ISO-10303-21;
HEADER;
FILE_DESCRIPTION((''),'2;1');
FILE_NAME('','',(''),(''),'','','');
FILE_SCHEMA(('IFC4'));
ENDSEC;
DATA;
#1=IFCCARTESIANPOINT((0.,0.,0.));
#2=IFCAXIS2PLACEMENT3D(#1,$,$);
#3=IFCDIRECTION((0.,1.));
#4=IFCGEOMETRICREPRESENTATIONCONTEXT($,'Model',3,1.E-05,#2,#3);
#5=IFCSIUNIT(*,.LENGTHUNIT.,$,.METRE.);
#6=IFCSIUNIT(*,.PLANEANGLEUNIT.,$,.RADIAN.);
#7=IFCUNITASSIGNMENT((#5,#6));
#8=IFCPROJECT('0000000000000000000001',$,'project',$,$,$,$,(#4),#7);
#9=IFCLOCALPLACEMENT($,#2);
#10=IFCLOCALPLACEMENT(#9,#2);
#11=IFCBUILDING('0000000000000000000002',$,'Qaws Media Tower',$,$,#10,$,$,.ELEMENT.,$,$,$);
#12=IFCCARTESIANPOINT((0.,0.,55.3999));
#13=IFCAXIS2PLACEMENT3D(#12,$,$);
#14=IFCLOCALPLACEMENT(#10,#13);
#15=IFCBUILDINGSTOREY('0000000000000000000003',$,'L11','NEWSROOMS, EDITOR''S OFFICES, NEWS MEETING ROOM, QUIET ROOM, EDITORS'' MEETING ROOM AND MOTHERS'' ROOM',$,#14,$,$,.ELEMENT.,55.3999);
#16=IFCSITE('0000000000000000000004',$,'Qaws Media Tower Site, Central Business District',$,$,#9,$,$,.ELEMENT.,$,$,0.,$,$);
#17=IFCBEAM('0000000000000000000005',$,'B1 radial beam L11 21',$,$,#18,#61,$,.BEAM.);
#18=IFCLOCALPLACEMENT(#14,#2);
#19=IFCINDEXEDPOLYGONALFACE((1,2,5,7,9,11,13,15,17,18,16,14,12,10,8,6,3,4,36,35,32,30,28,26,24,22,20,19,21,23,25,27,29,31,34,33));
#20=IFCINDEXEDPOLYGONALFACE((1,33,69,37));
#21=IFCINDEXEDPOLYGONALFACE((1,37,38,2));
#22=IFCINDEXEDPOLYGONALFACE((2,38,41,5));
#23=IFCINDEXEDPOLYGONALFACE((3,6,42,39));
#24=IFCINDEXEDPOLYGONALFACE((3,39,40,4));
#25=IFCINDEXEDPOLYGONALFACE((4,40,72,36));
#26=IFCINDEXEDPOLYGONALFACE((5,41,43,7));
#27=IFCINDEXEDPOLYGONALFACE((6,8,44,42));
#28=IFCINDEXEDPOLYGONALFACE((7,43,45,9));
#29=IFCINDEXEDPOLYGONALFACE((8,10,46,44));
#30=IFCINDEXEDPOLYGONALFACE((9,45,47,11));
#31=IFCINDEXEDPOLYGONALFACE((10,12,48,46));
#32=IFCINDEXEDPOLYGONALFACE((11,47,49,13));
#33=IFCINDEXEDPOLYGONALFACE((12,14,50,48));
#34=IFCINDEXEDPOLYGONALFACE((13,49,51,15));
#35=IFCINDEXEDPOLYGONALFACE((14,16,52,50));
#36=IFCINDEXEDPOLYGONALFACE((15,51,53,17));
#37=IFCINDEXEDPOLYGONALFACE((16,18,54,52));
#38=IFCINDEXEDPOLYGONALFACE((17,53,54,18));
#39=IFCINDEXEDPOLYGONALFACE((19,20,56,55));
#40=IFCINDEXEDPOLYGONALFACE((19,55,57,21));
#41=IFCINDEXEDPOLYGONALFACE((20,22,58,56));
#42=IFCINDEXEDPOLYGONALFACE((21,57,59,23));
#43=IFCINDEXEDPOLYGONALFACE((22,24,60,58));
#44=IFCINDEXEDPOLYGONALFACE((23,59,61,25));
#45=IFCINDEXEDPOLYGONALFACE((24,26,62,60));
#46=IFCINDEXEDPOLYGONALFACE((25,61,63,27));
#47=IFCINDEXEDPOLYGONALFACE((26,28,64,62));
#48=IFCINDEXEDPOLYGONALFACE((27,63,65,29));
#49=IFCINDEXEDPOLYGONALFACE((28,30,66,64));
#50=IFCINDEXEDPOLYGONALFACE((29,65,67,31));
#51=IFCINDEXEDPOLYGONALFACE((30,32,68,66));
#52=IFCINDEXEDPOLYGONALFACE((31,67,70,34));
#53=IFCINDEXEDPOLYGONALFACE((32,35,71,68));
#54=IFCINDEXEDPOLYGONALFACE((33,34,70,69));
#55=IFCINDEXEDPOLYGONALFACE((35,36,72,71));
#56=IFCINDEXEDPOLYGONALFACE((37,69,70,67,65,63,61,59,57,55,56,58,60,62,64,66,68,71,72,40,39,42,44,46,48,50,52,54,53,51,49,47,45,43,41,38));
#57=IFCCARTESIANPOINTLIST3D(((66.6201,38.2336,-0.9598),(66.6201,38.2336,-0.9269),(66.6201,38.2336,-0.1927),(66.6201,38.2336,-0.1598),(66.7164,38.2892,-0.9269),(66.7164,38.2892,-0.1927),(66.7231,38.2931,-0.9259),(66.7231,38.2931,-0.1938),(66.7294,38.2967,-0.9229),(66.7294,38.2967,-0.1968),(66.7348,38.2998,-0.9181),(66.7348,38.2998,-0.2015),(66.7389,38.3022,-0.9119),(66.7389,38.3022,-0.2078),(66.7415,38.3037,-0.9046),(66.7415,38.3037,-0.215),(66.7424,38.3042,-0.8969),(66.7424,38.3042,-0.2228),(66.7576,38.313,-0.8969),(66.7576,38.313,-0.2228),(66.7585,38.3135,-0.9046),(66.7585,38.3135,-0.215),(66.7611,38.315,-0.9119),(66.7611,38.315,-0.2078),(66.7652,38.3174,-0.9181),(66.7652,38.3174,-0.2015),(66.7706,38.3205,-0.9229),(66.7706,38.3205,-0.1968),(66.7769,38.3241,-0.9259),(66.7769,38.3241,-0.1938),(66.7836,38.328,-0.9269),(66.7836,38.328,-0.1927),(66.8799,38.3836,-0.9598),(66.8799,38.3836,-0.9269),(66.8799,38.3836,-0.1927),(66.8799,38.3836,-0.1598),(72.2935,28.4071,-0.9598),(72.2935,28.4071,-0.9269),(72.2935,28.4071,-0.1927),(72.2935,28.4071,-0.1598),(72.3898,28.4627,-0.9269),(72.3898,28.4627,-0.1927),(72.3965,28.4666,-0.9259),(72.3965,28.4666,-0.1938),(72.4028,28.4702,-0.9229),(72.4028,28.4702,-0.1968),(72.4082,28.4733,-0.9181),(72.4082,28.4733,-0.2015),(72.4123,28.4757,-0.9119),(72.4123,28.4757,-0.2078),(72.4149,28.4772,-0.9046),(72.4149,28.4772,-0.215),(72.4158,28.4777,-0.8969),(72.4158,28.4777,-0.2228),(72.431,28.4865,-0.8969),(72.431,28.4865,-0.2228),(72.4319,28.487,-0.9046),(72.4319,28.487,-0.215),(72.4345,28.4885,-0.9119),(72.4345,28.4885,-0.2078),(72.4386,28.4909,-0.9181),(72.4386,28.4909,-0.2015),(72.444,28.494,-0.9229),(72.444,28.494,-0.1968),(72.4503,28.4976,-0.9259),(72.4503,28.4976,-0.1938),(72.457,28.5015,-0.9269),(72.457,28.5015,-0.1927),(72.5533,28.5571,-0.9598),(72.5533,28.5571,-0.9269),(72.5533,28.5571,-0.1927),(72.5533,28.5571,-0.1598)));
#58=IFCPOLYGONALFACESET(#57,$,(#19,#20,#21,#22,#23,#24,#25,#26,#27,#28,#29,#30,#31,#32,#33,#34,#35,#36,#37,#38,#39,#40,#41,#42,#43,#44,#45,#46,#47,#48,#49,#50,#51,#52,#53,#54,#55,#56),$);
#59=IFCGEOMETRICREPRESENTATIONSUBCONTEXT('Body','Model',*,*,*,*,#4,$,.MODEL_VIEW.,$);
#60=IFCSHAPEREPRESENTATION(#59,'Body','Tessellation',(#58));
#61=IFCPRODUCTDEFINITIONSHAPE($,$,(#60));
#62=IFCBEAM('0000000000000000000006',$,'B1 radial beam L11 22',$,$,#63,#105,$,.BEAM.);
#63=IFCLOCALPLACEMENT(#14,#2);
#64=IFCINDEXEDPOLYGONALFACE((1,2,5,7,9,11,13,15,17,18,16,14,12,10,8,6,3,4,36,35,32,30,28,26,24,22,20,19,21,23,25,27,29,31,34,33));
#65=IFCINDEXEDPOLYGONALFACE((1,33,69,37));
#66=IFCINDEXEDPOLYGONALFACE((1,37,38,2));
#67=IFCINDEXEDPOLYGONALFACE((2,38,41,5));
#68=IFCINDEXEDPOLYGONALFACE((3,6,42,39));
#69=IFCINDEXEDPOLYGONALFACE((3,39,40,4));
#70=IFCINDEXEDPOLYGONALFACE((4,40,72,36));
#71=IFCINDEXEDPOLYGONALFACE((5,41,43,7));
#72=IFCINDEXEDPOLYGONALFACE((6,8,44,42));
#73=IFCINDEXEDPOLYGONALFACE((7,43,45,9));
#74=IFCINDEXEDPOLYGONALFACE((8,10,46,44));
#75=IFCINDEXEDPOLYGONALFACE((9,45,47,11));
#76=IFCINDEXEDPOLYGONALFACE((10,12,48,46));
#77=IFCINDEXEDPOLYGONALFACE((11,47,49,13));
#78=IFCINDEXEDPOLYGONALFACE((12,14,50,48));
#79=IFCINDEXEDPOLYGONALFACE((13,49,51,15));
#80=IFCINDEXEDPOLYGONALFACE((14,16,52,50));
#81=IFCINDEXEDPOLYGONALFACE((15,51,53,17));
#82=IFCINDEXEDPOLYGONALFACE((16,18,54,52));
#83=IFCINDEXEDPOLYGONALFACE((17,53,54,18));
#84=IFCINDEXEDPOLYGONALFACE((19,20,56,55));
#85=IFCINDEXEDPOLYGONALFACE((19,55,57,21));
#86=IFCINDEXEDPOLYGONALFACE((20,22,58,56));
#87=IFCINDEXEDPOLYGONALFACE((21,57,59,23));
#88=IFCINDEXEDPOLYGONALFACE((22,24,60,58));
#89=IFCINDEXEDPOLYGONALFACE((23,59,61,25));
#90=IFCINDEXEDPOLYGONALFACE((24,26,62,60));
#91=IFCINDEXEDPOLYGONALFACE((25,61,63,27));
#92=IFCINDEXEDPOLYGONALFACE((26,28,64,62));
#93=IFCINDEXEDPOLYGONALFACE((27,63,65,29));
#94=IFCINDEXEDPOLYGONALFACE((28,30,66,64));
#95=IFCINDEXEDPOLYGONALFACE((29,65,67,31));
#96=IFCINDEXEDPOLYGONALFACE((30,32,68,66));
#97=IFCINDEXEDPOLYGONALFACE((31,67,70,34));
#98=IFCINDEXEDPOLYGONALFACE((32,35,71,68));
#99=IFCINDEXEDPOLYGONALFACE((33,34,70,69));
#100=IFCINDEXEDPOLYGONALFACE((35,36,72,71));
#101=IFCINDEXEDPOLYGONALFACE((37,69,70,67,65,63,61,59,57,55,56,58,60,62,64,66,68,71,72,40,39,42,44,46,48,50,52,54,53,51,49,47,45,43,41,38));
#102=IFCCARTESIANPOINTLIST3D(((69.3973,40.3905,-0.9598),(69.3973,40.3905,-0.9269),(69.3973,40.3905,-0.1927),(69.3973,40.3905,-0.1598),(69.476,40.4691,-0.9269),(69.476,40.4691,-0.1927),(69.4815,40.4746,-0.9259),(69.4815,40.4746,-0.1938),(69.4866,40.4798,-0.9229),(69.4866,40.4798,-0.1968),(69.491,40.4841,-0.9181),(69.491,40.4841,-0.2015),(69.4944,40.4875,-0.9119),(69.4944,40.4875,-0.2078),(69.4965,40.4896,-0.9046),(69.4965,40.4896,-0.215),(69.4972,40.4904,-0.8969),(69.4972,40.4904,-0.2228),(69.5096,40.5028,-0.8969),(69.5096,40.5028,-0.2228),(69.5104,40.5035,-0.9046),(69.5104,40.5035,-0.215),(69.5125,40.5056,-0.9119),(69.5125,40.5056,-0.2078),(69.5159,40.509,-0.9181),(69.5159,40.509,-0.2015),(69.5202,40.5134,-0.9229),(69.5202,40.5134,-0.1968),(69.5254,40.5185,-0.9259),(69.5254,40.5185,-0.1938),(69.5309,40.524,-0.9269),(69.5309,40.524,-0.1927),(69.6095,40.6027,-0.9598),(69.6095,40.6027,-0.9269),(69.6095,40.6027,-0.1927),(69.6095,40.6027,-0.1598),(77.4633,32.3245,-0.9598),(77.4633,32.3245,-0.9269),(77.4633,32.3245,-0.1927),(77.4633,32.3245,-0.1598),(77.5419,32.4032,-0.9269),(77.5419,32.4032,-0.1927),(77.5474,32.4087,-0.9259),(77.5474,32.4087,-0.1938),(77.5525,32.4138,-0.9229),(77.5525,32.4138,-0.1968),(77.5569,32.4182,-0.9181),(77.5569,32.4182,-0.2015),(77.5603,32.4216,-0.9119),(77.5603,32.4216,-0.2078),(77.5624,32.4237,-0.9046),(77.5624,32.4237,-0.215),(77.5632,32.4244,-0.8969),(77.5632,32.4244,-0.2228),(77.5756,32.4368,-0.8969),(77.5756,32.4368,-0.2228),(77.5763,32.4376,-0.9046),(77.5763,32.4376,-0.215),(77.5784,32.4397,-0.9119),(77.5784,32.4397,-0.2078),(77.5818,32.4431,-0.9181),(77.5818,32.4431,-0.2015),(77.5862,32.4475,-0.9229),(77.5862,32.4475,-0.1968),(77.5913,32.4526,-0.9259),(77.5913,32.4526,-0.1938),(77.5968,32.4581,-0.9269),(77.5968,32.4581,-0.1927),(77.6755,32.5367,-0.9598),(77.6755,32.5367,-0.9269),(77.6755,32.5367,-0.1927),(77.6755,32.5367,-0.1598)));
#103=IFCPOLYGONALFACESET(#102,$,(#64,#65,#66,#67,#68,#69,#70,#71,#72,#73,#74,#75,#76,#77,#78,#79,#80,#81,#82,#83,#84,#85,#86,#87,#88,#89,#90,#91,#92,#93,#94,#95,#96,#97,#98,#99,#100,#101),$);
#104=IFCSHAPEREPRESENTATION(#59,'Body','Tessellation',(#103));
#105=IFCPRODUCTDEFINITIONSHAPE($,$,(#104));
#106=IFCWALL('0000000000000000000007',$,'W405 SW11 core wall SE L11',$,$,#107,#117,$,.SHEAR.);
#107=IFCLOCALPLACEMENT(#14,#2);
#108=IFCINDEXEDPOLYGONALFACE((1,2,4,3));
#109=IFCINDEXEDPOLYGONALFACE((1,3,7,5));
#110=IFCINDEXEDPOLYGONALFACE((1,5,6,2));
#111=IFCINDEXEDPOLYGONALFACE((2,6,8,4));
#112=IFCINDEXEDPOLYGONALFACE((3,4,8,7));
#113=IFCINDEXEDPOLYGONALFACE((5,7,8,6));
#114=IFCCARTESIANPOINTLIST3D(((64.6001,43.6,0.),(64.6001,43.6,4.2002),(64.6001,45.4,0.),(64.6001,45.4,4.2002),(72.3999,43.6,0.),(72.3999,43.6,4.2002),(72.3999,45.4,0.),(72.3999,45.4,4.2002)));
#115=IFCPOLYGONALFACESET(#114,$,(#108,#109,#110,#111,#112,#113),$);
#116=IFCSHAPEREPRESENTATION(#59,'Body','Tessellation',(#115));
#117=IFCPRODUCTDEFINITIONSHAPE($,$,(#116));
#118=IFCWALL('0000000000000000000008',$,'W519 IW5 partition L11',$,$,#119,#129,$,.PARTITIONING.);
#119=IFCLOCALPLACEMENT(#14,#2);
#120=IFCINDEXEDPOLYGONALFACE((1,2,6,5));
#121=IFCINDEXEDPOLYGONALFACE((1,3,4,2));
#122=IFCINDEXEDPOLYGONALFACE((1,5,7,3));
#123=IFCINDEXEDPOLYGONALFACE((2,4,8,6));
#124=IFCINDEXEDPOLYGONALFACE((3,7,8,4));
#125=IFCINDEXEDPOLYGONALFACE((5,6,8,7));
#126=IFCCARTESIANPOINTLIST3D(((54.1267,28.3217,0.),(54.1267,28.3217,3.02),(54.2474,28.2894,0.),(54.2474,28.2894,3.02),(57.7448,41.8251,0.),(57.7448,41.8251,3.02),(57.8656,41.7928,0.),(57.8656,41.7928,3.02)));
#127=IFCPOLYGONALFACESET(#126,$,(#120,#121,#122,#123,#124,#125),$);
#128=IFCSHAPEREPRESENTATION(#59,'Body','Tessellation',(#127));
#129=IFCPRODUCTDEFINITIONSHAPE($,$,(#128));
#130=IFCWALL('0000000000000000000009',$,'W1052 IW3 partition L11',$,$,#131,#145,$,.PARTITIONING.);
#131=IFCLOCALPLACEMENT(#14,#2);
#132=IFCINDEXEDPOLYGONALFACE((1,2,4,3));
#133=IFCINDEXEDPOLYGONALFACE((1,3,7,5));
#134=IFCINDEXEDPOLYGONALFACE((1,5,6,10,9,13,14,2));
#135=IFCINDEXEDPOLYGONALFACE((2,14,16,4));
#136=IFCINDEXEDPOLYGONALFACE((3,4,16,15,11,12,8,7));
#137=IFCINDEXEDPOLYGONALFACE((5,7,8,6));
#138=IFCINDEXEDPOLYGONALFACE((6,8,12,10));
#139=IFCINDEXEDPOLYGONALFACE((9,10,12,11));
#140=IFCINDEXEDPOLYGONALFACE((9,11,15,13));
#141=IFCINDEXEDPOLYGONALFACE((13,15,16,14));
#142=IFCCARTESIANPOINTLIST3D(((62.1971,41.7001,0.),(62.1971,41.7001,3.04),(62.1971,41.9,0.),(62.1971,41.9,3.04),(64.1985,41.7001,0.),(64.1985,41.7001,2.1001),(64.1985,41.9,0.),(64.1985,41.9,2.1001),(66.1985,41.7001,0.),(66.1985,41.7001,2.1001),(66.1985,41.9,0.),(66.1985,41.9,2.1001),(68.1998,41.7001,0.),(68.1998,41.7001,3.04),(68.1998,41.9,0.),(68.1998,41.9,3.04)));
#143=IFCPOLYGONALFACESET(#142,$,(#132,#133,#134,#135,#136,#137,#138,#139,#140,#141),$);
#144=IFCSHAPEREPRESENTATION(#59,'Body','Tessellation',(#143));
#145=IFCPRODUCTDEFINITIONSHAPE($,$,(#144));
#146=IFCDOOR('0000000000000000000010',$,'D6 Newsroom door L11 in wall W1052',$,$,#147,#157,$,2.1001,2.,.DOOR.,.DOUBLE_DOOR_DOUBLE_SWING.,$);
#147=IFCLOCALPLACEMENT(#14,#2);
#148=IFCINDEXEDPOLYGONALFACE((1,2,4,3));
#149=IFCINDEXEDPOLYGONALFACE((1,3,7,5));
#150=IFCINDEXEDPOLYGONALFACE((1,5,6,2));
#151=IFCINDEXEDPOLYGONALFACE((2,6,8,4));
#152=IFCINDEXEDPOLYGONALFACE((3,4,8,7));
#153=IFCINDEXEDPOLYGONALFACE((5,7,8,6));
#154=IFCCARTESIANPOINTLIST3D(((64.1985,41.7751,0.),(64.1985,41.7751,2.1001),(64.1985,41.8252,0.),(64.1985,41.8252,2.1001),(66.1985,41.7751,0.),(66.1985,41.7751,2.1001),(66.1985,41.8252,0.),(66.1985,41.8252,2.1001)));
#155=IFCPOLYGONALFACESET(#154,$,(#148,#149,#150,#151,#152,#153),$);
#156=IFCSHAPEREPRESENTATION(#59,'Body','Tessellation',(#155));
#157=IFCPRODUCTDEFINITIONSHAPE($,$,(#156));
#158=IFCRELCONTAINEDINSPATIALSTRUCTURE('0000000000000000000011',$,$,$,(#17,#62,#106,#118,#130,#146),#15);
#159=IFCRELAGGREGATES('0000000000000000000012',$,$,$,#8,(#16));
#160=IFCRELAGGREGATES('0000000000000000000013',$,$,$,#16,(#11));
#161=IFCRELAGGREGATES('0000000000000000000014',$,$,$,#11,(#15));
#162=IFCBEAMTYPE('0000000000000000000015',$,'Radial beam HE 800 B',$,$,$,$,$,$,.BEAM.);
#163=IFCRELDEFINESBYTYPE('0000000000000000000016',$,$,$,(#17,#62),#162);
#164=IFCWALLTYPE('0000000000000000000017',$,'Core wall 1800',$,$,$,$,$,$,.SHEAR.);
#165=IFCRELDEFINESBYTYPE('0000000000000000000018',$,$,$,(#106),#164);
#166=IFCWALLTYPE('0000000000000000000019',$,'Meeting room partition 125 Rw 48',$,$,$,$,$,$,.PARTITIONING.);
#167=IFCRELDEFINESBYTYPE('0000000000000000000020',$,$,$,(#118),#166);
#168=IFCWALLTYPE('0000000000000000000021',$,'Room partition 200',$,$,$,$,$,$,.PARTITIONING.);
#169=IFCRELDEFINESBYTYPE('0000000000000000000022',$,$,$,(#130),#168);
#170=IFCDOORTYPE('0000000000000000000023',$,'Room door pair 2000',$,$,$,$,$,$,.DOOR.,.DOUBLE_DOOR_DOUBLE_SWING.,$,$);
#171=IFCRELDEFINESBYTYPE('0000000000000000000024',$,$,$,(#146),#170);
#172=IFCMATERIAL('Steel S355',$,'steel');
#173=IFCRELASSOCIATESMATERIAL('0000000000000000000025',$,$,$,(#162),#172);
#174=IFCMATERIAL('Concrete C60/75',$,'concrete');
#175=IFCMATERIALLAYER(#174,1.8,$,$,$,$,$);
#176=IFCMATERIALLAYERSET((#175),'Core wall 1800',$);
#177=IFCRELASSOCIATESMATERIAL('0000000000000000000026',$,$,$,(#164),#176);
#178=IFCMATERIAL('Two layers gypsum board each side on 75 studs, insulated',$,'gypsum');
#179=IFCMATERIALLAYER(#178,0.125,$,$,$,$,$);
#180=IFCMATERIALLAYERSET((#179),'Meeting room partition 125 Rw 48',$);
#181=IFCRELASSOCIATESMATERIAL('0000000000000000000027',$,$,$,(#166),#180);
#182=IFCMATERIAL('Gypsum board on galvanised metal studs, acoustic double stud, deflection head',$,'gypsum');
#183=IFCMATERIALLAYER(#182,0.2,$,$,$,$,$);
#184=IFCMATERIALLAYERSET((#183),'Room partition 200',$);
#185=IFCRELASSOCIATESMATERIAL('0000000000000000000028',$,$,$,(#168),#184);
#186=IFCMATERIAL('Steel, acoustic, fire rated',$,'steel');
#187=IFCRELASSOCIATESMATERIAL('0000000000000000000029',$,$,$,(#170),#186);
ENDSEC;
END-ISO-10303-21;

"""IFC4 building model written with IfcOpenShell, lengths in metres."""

from ifc_helpers import new_model, si_unit, direction, frame, frame_2d, origin, origin_2d, place, context, subcontext, project, spatial, rectangle, i_section, extrude, material, layer, layer_set, material_profile, profile_set, type_object, element, fill, save


model = new_model("IFC4")

# Units and contexts
model_context = context("Model", 3, precision=1e-05, world=origin(), true_north=direction((0.0, 1.0)))
body_context = subcontext(model_context, "Body", "Model", "MODEL_VIEW")
ifc_project = project(units=[si_unit("LENGTHUNIT", "METRE"), si_unit("PLANEANGLEUNIT", "RADIAN")], contexts=[model_context])

# Site, building, storey
site_placement = place(None, origin())
site = spatial("IfcSite", under=ifc_project, at=site_placement, Name="Qaws Media Tower Site, Central Business District", CompositionType="ELEMENT", RefElevation=0.0)
building_placement = place(site_placement, origin())
building = spatial("IfcBuilding", under=site, at=building_placement, Name="Qaws Media Tower", CompositionType="ELEMENT")
storey_placement = place(building_placement, frame((0.0, 0.0, 55.3999)))
storey = spatial("IfcBuildingStorey", under=building, at=storey_placement, Name="L11", Description="NEWSROOMS, EDITOR'S OFFICES, NEWS MEETING ROOM, QUIET ROOM, EDITORS' MEETING ROOM AND MOTHERS' ROOM", CompositionType="ELEMENT", Elevation=55.3999)

# Beams
ifc_material_1 = material(Name="Steel S355", Category="steel")
ifc_material_profile_1 = material_profile(ifc_material_1, i_section(OverallWidth=0.3, OverallDepth=0.8, WebThickness=0.0176, FlangeThickness=0.033, FilletRadius=0.03, at=origin_2d()), Name="HE 800 B")
ifc_profile_set_1 = profile_set([ifc_material_profile_1], Name="Steel S355")
beam_type_1 = type_object("IfcBeamType", Name="Radial beam HE 800 B", PredefinedType="BEAM", material=ifc_profile_set_1)
beam_1_placement = place(storey_placement, frame((66.75, 38.3086, -0.5598), z_axis=(0.500004, -0.866023, 0.0), x_axis=(0.866023, 0.500004, 0.0)))
element("IfcBeam", 1, at=beam_1_placement, inside=storey, type_object=beam_type_1, Name="B1 radial beam L11 21", PredefinedType="BEAM", context=body_context, shape_type="SweptSolid", body=[
    extrude(i_section(OverallWidth=0.3, OverallDepth=0.8, WebThickness=0.0176, FlangeThickness=0.033, FilletRadius=0.03, at=origin_2d()), origin(), (0.0, 0.0, 1.0), 11.3467),
])
beam_2_placement = place(storey_placement, frame((69.5034, 40.4966, -0.5598), z_axis=(0.707107, -0.707107, 0.0), x_axis=(0.707107, 0.707107, 0.0)))
element("IfcBeam", 2, at=beam_2_placement, inside=storey, type_object=beam_type_1, Name="B1 radial beam L11 22", PredefinedType="BEAM", context=body_context, shape_type="SweptSolid", body=[
    extrude(i_section(OverallWidth=0.3, OverallDepth=0.8, WebThickness=0.0176, FlangeThickness=0.033, FilletRadius=0.03, at=origin_2d()), origin(), (0.0, 0.0, 1.0), 11.407),
])

# Walls
ifc_material_2 = material(Name="Concrete C60/75", Category="concrete")
ifc_layer_1 = layer(ifc_material_2, 1.8)
ifc_layer_set_1 = layer_set([ifc_layer_1], Name="Core wall 1800")
wall_type_1 = type_object("IfcWallType", Name="Core wall 1800", PredefinedType="SHEAR", material=ifc_layer_set_1)
wall_1_placement = place(storey_placement, frame((64.6001, 44.5, 0.0), z_axis=(0.0, 0.0, 1.0), x_axis=(1.0, 0.0, 0.0)))
element("IfcWall", 3, at=wall_1_placement, inside=storey, type_object=wall_type_1, Name="W405 SW11 core wall SE L11", PredefinedType="SHEAR", context=body_context, shape_type="SweptSolid", body=[
    extrude(rectangle(XDim=7.7998, YDim=1.8, at=frame_2d((3.8999, 0.0))), origin(), (0.0, 0.0, 1.0), 4.2002),
])
ifc_material_3 = material(Name="Two layers gypsum board each side on 75 studs, insulated", Category="gypsum")
ifc_layer_2 = layer(ifc_material_3, 0.125)
ifc_layer_set_2 = layer_set([ifc_layer_2], Name="Meeting room partition 125 Rw 48")
wall_type_2 = type_object("IfcWallType", Name="Meeting room partition 125 Rw 48", PredefinedType="PARTITIONING", material=ifc_layer_set_2)
wall_2_placement = place(storey_placement, frame((57.8052, 41.8088, 0.0), z_axis=(0.0, 0.0, 1.0), x_axis=(-0.258815, -0.965927, 0.0)))
element("IfcWall", 4, at=wall_2_placement, inside=storey, type_object=wall_type_2, Name="W519 IW5 partition L11", PredefinedType="PARTITIONING", context=body_context, shape_type="SweptSolid", body=[
    extrude(rectangle(XDim=13.9797, YDim=0.125, at=frame_2d((6.9897, 0.0))), origin(), (0.0, 0.0, 1.0), 3.02),
])

# Wall, opening, door
ifc_material_4 = material(Name="Gypsum board on galvanised metal studs, acoustic double stud, deflection head", Category="gypsum")
ifc_layer_3 = layer(ifc_material_4, 0.2)
ifc_layer_set_3 = layer_set([ifc_layer_3], Name="Room partition 200")
wall_type_3 = type_object("IfcWallType", Name="Room partition 200", PredefinedType="PARTITIONING", material=ifc_layer_set_3)
wall_3_placement = place(storey_placement, frame((68.2, 41.8, 0.0), z_axis=(0.0, 0.0, 1.0), x_axis=(-1.0, 0.0, 0.0)))
wall_3 = element("IfcWall", 5, at=wall_3_placement, inside=storey, type_object=wall_type_3, Name="W1052 IW3 partition L11", PredefinedType="PARTITIONING", context=body_context, shape_type="SweptSolid", body=[
    extrude(rectangle(XDim=6.0027, YDim=0.2, at=frame_2d((3.0015, 0.0))), origin(), (0.0, 0.0, 1.0), 3.04),
])
opening_1_placement = place(wall_3_placement, frame((2.0015, 0.0, 0.0)))
opening_1 = element("IfcOpeningElement", 6, at=opening_1_placement, cuts=wall_3, PredefinedType="OPENING", context=body_context, shape_type="SweptSolid", body=[
    extrude(rectangle(XDim=2.0, YDim=2.1001, at=frame_2d((1.0, 1.05))), frame((0.0, 0.1099, 0.0), z_axis=(0.0, -1.0, 0.0), x_axis=(1.0, 0.0, 0.0)), (0.0, 0.0, 1.0), 0.22),
])
ifc_material_5 = material(Name="Steel, acoustic, fire rated", Category="steel")
door_type_1 = type_object("IfcDoorType", Name="Room door pair 2000", OperationType="DOUBLE_DOOR_DOUBLE_SWING", PredefinedType="DOOR", material=ifc_material_5)
door_1_placement = place(opening_1_placement, origin())
door_1 = element("IfcDoor", 7, at=door_1_placement, inside=storey, type_object=door_type_1, Name="D6 Newsroom door L11 in wall W1052", OperationType="DOUBLE_DOOR_DOUBLE_SWING", OverallHeight=2.1001, OverallWidth=2.0, PredefinedType="DOOR", context=body_context, shape_type="SweptSolid", body=[
    extrude(rectangle(XDim=2.0, YDim=2.1001, at=frame_2d((1.0, 1.05))), frame((0.0, 0.0249, 0.0), z_axis=(0.0, -1.0, 0.0), x_axis=(1.0, 0.0, 0.0)), (0.0, 0.0, 1.0), 0.05),
])
fill(opening_1, door_1)

save(model, "model.ifc")
